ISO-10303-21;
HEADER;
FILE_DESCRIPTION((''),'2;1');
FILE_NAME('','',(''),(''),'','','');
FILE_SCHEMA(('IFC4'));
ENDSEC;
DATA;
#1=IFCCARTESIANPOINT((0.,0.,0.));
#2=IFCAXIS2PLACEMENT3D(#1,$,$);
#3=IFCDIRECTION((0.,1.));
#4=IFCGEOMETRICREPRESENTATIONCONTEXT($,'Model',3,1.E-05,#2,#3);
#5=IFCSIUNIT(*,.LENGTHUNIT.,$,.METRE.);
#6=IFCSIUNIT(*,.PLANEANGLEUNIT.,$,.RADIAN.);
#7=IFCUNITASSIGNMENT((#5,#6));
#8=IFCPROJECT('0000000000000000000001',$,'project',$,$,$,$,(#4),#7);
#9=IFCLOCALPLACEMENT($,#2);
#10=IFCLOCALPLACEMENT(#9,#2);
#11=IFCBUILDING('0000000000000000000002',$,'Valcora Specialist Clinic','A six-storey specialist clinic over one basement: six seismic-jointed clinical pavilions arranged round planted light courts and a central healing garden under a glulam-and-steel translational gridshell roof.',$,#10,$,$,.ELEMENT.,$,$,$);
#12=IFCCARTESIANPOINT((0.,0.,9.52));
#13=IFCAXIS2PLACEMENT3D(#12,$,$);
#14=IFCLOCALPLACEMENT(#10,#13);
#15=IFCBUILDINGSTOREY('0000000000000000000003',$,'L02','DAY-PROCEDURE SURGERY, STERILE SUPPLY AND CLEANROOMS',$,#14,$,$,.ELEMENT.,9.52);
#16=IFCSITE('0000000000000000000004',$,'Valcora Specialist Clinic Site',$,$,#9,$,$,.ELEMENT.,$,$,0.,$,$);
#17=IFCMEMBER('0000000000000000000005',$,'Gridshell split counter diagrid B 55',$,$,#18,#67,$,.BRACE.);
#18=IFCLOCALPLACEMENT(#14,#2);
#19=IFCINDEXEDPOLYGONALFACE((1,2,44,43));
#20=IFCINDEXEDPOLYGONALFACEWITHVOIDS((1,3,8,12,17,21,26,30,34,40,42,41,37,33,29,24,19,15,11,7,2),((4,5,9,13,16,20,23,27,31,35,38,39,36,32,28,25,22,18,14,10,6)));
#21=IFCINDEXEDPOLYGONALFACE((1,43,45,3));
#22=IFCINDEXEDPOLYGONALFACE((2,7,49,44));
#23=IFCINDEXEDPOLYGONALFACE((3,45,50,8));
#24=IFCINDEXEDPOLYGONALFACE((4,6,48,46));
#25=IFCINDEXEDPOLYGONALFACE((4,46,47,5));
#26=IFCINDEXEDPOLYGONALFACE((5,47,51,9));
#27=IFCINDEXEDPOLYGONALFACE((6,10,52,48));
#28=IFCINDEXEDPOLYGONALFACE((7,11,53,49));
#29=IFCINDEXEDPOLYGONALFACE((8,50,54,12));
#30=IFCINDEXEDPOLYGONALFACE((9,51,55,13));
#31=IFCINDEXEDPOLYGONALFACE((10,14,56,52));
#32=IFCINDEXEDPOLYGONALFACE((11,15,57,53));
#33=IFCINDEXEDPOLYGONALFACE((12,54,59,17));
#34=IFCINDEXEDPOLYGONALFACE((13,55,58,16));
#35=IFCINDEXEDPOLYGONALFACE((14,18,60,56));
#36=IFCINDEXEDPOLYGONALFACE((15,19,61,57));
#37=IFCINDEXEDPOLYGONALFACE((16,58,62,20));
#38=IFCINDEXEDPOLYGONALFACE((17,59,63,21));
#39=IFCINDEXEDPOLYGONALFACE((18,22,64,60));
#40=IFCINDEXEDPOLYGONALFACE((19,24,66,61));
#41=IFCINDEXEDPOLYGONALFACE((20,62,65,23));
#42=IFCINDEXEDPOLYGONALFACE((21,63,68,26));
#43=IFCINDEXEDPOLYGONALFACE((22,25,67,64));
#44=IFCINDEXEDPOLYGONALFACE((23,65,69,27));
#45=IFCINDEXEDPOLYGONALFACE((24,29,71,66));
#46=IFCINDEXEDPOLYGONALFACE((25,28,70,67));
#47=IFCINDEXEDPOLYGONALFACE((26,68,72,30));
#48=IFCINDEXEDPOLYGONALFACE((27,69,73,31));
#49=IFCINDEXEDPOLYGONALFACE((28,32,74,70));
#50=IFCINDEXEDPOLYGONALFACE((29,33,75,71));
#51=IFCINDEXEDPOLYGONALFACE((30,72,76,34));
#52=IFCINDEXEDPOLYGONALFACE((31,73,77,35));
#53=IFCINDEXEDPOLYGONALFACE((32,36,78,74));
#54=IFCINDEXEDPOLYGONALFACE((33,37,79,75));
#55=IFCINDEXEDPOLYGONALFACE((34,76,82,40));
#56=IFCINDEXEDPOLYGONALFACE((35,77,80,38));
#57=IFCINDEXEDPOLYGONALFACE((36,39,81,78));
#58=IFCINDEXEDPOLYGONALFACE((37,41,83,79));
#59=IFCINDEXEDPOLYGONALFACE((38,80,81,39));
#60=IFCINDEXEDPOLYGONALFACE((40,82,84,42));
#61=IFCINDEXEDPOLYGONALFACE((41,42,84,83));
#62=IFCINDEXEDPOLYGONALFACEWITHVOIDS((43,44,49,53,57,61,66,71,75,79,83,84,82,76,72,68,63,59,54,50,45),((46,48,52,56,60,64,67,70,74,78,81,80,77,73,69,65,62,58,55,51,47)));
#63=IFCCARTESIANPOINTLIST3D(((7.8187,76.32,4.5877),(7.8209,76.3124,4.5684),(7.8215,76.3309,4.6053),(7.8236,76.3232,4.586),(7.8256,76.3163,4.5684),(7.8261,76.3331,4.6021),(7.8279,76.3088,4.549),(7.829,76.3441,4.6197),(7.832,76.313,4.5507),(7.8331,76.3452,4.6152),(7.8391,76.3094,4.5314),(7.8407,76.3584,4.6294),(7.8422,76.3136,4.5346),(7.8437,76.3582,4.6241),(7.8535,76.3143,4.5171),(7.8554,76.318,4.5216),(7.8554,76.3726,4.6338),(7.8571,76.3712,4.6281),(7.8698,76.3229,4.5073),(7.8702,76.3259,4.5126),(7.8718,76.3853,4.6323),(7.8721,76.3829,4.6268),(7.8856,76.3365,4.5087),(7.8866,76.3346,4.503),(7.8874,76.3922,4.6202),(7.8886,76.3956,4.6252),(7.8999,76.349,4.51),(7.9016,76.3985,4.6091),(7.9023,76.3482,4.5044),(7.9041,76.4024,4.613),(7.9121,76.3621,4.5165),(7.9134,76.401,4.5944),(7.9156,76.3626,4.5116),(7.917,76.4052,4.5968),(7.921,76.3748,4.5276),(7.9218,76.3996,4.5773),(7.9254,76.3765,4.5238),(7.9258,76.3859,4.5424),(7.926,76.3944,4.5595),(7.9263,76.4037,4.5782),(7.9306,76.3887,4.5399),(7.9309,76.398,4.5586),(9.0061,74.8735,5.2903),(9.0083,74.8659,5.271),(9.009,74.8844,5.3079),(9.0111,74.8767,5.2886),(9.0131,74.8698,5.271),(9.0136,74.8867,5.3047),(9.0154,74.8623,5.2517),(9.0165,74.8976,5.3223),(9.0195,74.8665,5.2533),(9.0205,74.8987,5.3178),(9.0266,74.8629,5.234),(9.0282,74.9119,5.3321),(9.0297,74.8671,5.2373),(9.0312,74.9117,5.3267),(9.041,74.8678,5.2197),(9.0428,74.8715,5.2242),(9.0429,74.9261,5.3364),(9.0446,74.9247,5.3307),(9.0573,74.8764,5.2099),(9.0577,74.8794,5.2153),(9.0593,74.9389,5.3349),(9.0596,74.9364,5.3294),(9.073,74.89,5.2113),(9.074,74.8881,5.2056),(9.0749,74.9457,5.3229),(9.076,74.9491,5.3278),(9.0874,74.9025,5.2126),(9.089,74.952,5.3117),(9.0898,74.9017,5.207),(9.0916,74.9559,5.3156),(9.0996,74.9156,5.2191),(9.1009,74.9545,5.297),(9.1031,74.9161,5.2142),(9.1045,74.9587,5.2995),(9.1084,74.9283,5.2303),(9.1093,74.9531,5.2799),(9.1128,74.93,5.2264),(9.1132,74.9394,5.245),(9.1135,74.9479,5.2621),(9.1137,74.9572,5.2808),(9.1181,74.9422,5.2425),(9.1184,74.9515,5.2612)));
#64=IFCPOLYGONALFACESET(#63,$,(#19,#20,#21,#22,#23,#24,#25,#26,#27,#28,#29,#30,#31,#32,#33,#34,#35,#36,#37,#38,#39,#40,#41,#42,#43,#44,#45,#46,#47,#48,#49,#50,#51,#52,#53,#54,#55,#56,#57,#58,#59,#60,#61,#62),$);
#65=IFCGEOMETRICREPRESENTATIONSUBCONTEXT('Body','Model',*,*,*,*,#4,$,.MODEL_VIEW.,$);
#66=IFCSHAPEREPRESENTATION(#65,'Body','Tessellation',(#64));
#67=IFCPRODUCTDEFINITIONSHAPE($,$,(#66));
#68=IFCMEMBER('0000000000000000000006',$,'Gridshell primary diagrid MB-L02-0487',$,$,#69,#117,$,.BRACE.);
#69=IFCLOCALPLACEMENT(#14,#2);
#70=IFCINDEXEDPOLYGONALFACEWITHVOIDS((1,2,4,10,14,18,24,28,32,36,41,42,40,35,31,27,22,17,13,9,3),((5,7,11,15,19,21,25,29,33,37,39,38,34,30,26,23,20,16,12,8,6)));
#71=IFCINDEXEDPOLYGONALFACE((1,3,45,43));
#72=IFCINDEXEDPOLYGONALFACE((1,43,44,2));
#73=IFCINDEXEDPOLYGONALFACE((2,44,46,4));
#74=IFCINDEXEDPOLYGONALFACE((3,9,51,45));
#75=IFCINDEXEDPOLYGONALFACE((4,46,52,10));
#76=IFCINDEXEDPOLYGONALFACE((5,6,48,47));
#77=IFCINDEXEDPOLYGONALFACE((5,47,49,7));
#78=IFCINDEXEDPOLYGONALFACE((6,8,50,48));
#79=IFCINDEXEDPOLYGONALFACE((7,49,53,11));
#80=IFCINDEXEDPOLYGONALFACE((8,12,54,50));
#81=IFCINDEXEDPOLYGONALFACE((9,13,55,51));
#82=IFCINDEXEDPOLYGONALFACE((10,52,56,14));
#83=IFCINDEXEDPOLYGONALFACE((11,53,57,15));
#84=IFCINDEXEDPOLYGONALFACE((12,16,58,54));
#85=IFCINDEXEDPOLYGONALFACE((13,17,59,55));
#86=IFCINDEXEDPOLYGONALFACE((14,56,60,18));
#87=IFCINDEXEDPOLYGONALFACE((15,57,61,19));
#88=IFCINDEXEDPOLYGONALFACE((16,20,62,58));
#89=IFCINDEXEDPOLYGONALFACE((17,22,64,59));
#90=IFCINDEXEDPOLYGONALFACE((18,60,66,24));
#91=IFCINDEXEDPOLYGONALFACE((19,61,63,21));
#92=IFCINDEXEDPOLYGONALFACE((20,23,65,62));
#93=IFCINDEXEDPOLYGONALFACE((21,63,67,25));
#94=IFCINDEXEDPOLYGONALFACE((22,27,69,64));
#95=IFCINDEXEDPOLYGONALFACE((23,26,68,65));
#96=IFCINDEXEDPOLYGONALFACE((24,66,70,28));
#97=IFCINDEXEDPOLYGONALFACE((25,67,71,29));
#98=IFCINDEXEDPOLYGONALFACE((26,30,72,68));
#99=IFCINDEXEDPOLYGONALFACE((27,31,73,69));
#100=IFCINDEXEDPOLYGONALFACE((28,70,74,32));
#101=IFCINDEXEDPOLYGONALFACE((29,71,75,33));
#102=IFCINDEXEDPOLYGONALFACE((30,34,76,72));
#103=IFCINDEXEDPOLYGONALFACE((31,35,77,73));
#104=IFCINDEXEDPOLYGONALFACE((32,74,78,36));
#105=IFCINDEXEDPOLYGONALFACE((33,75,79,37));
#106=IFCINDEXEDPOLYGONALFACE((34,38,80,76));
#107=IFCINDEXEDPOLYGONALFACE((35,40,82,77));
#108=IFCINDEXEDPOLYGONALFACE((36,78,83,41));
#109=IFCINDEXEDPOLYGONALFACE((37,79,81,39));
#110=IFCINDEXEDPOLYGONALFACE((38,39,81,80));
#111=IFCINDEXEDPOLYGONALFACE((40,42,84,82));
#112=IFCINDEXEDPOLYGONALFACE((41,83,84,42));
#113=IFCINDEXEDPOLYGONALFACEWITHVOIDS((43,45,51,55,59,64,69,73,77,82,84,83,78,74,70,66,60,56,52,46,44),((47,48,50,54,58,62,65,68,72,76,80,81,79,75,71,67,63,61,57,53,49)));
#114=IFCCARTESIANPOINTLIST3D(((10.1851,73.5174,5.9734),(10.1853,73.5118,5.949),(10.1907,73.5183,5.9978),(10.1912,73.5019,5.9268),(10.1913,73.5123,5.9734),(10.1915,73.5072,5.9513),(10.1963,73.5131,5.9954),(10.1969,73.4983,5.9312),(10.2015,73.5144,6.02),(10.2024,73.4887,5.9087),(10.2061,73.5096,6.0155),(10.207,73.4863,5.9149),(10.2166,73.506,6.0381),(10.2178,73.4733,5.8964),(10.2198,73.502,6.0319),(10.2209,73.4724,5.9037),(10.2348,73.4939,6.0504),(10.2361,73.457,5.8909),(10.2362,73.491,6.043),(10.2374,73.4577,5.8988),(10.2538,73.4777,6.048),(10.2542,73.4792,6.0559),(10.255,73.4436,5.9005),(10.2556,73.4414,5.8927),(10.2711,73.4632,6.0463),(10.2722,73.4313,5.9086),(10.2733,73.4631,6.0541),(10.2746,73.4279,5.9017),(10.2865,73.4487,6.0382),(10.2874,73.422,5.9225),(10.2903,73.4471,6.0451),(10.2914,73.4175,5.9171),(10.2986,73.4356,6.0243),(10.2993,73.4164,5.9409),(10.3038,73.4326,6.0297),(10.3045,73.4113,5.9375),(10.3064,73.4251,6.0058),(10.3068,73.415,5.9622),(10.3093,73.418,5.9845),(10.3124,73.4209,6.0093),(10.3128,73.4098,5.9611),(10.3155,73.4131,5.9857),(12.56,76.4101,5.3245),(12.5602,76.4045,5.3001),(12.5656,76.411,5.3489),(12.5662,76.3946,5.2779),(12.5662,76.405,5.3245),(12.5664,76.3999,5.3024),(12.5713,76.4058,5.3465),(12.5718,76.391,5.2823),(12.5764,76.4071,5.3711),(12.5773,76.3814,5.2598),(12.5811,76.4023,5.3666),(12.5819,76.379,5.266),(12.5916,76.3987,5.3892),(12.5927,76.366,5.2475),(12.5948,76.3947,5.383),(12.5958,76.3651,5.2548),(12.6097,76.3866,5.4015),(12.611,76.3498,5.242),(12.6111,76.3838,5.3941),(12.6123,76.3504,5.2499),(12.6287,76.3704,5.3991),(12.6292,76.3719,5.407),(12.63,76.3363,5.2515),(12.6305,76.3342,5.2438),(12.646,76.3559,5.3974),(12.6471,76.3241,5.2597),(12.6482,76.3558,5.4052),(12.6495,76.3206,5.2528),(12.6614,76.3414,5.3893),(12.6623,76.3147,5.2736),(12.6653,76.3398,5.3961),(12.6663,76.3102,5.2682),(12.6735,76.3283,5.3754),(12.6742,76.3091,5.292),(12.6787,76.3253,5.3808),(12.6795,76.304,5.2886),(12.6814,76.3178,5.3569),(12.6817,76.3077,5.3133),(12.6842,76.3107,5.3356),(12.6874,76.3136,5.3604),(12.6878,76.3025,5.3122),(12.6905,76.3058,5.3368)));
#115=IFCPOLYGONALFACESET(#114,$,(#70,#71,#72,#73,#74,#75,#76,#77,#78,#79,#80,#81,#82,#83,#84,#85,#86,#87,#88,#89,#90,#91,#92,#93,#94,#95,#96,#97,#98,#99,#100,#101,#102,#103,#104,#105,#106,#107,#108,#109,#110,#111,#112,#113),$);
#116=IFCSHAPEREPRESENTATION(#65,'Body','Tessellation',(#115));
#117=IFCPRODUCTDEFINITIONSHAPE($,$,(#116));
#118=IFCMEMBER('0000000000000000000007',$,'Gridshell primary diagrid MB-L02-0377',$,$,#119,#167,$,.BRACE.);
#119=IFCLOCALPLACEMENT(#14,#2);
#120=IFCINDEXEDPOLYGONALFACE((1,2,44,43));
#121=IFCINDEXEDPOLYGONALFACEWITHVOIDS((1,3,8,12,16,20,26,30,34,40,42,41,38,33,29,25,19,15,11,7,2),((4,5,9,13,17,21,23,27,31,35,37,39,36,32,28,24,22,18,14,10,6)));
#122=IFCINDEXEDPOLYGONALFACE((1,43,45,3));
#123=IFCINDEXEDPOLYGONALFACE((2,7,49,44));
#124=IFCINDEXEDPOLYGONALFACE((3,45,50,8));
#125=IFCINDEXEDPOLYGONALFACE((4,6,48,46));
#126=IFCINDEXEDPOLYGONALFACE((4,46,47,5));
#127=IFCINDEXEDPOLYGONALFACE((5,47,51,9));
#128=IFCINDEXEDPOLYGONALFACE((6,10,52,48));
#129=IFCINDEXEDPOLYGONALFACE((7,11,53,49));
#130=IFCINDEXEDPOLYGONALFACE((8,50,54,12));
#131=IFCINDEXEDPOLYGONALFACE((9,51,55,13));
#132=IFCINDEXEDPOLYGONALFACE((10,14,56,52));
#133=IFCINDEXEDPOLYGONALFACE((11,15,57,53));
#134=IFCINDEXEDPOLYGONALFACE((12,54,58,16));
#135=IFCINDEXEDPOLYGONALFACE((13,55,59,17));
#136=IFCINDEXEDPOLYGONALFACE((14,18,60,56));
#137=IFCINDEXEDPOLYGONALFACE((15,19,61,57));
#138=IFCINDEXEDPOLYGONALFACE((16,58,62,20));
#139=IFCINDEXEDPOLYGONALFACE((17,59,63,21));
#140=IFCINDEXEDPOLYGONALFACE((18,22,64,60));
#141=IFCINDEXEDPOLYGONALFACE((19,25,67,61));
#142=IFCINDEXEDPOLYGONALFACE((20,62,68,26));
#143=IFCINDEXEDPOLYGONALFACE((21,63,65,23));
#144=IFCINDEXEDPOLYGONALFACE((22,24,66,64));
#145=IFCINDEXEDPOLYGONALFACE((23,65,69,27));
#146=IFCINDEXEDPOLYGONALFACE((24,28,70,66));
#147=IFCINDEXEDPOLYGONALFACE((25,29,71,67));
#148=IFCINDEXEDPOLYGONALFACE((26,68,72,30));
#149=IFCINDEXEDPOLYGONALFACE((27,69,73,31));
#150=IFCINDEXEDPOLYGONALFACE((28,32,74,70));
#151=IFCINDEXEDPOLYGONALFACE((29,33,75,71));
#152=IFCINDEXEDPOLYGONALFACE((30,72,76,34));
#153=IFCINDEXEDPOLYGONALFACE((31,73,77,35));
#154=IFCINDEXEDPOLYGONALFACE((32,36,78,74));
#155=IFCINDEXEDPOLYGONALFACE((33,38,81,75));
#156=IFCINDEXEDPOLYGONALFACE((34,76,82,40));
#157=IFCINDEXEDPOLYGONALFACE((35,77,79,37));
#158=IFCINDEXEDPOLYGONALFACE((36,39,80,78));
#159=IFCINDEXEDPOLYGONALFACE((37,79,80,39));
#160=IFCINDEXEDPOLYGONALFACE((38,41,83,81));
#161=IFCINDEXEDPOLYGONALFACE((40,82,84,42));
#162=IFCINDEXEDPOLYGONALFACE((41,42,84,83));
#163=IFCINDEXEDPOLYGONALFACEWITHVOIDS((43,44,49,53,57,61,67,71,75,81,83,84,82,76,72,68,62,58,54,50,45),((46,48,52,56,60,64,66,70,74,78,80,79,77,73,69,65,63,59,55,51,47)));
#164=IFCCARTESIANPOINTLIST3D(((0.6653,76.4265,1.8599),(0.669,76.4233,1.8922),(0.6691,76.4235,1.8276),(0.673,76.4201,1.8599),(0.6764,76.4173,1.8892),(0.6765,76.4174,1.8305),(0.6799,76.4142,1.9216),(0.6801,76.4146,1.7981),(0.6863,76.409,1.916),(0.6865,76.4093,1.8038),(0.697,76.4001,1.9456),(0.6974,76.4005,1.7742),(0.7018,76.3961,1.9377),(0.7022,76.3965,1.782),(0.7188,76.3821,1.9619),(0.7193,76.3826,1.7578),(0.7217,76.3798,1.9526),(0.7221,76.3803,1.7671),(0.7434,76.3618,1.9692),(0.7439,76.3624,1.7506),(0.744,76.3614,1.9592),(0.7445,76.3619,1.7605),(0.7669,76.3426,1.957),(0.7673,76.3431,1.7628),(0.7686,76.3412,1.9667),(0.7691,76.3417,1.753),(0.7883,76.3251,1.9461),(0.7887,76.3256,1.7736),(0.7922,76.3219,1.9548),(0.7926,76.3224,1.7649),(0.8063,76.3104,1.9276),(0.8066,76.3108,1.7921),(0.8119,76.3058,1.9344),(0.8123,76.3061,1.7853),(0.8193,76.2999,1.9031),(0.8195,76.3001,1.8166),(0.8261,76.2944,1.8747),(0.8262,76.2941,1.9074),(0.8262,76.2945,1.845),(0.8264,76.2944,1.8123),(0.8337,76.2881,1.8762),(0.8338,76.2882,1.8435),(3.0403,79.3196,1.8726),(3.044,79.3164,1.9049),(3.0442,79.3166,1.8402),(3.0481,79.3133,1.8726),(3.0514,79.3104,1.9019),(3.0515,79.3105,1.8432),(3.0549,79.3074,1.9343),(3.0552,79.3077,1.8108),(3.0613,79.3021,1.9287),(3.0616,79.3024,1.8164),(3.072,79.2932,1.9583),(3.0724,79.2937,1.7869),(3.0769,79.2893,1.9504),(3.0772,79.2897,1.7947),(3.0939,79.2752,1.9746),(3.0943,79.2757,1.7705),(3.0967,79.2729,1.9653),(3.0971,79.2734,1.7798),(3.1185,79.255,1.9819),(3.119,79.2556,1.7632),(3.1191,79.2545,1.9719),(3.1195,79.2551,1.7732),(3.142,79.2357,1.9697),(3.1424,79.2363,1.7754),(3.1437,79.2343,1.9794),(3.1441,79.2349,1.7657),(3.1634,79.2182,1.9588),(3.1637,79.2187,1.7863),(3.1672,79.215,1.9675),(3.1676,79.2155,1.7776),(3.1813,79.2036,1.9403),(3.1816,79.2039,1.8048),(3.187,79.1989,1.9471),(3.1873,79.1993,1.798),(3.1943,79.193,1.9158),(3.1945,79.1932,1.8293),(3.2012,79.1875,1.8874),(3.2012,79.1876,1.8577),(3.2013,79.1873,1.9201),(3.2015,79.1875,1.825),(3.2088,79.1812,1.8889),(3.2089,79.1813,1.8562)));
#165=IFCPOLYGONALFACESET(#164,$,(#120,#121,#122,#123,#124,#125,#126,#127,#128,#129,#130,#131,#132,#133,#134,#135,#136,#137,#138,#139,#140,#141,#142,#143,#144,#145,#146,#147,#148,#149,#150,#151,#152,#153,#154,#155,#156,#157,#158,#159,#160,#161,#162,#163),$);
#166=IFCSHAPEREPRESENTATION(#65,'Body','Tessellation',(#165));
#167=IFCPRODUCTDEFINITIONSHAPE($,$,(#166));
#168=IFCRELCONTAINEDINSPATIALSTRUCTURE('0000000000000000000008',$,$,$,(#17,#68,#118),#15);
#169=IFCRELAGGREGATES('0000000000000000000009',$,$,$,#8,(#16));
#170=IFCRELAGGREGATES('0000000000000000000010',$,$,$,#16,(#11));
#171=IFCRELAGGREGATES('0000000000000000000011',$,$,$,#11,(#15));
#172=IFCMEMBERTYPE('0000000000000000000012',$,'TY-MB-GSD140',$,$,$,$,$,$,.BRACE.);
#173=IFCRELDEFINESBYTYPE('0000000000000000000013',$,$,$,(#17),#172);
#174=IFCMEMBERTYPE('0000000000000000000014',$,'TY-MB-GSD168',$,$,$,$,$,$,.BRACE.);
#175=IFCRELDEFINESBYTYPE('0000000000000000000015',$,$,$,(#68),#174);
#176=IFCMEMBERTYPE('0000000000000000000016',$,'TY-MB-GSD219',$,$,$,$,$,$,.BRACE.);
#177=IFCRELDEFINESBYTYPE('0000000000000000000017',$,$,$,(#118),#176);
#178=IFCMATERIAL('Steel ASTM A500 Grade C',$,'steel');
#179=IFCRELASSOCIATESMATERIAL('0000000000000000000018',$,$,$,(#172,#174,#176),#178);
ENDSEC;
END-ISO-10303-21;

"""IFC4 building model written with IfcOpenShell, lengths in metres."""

from ifc_helpers import new_model, si_unit, direction, frame, origin, origin_2d, place, context, subcontext, project, spatial, hollow_circle, extrude, material, material_profile, profile_set, type_object, element, save


model = new_model("IFC4")

# Units and contexts
model_context = context("Model", 3, precision=1e-05, world=origin(), true_north=direction((0.0, 1.0)))
body_context = subcontext(model_context, "Body", "Model", "MODEL_VIEW")
ifc_project = project(units=[si_unit("LENGTHUNIT", "METRE"), si_unit("PLANEANGLEUNIT", "RADIAN")], contexts=[model_context])

# Site, building, storey
site_placement = place(None, origin())
site = spatial("IfcSite", under=ifc_project, at=site_placement, Name="Valcora Specialist Clinic Site", CompositionType="ELEMENT", RefElevation=0.0)
building_placement = place(site_placement, origin())
building = spatial("IfcBuilding", under=site, at=building_placement, Name="Valcora Specialist Clinic", Description="A six-storey specialist clinic over one basement: six seismic-jointed clinical pavilions arranged round planted light courts and a central healing garden under a glulam-and-steel translational gridshell roof.", CompositionType="ELEMENT")
storey_placement = place(building_placement, frame((0.0, 0.0, 9.52)))
storey = spatial("IfcBuildingStorey", under=building, at=storey_placement, Name="L02", Description="DAY-PROCEDURE SURGERY, STERILE SUPPLY AND CLEANROOMS", CompositionType="ELEMENT", Elevation=9.52)

# Members
ifc_material_1 = material(Name="Steel ASTM A500 Grade C", Category="steel")
ifc_material_profile_1 = material_profile(ifc_material_1, hollow_circle(Radius=0.0701, WallThickness=0.0061, at=origin_2d()), Name="ST-CHS-140X6")
ifc_profile_set_1 = profile_set([ifc_material_profile_1], Name="Steel ASTM A500 Grade C")
member_type_1 = type_object("IfcMemberType", Name="TY-MB-GSD140", PredefinedType="BRACE", material=ifc_profile_set_1)
member_1_placement = place(storey_placement, frame((9.0625, 74.9104, 5.271), z_axis=(-0.594024, 0.7236, -0.35148), x_axis=(-0.772916, -0.634508, 0.0)))
element("IfcMember", 1, at=member_1_placement, inside=storey, type_object=member_type_1, Name="Gridshell split counter diagrid B 55", PredefinedType="BRACE", context=body_context, shape_type="SweptSolid", body=[
    extrude(hollow_circle(Radius=0.0701, WallThickness=0.0061, at=origin_2d()), origin(), (0.0, 0.0, 1.0), 1.999),
])
ifc_material_profile_2 = material_profile(ifc_material_1, hollow_circle(Radius=0.084, WallThickness=0.0081, at=origin_2d()), Name="ST-CHS-168X8")
ifc_profile_set_2 = profile_set([ifc_material_profile_2], Name="Steel ASTM A500 Grade C")
member_type_2 = type_object("IfcMemberType", Name="TY-MB-GSD168", PredefinedType="BRACE", material=ifc_profile_set_2)
member_2_placement = place(storey_placement, frame((10.25, 73.4641, 5.9734), z_axis=(0.625213, 0.761529, -0.170828), x_axis=(-0.77289, 0.63454, 0.0)))
element("IfcMember", 2, at=member_2_placement, inside=storey, type_object=member_type_2, Name="Gridshell primary diagrid MB-L02-0487", PredefinedType="BRACE", context=body_context, shape_type="SweptSolid", body=[
    extrude(hollow_circle(Radius=0.084, WallThickness=0.0081, at=origin_2d()), origin(), (0.0, 0.0, 1.0), 3.7986),
])
ifc_material_profile_3 = material_profile(ifc_material_1, hollow_circle(Radius=0.1096, WallThickness=0.01, at=origin_2d()), Name="ST-CHS-219X10")
ifc_profile_set_3 = profile_set([ifc_material_profile_3], Name="Steel ASTM A500 Grade C")
member_type_3 = type_object("IfcMemberType", Name="TY-MB-GSD219", PredefinedType="BRACE", material=ifc_profile_set_3)
member_3_placement = place(storey_placement, frame((0.75, 76.3569, 1.8599), z_axis=(0.634505, 0.772911, 0.003392), x_axis=(-0.772916, 0.634508, 0.0)))
element("IfcMember", 3, at=member_3_placement, inside=storey, type_object=member_type_3, Name="Gridshell primary diagrid MB-L02-0377", PredefinedType="BRACE", context=body_context, shape_type="SweptSolid", body=[
    extrude(hollow_circle(Radius=0.1096, WallThickness=0.01, at=origin_2d()), origin(), (0.0, 0.0, 1.0), 3.7432),
])

save(model, "model.ifc")
